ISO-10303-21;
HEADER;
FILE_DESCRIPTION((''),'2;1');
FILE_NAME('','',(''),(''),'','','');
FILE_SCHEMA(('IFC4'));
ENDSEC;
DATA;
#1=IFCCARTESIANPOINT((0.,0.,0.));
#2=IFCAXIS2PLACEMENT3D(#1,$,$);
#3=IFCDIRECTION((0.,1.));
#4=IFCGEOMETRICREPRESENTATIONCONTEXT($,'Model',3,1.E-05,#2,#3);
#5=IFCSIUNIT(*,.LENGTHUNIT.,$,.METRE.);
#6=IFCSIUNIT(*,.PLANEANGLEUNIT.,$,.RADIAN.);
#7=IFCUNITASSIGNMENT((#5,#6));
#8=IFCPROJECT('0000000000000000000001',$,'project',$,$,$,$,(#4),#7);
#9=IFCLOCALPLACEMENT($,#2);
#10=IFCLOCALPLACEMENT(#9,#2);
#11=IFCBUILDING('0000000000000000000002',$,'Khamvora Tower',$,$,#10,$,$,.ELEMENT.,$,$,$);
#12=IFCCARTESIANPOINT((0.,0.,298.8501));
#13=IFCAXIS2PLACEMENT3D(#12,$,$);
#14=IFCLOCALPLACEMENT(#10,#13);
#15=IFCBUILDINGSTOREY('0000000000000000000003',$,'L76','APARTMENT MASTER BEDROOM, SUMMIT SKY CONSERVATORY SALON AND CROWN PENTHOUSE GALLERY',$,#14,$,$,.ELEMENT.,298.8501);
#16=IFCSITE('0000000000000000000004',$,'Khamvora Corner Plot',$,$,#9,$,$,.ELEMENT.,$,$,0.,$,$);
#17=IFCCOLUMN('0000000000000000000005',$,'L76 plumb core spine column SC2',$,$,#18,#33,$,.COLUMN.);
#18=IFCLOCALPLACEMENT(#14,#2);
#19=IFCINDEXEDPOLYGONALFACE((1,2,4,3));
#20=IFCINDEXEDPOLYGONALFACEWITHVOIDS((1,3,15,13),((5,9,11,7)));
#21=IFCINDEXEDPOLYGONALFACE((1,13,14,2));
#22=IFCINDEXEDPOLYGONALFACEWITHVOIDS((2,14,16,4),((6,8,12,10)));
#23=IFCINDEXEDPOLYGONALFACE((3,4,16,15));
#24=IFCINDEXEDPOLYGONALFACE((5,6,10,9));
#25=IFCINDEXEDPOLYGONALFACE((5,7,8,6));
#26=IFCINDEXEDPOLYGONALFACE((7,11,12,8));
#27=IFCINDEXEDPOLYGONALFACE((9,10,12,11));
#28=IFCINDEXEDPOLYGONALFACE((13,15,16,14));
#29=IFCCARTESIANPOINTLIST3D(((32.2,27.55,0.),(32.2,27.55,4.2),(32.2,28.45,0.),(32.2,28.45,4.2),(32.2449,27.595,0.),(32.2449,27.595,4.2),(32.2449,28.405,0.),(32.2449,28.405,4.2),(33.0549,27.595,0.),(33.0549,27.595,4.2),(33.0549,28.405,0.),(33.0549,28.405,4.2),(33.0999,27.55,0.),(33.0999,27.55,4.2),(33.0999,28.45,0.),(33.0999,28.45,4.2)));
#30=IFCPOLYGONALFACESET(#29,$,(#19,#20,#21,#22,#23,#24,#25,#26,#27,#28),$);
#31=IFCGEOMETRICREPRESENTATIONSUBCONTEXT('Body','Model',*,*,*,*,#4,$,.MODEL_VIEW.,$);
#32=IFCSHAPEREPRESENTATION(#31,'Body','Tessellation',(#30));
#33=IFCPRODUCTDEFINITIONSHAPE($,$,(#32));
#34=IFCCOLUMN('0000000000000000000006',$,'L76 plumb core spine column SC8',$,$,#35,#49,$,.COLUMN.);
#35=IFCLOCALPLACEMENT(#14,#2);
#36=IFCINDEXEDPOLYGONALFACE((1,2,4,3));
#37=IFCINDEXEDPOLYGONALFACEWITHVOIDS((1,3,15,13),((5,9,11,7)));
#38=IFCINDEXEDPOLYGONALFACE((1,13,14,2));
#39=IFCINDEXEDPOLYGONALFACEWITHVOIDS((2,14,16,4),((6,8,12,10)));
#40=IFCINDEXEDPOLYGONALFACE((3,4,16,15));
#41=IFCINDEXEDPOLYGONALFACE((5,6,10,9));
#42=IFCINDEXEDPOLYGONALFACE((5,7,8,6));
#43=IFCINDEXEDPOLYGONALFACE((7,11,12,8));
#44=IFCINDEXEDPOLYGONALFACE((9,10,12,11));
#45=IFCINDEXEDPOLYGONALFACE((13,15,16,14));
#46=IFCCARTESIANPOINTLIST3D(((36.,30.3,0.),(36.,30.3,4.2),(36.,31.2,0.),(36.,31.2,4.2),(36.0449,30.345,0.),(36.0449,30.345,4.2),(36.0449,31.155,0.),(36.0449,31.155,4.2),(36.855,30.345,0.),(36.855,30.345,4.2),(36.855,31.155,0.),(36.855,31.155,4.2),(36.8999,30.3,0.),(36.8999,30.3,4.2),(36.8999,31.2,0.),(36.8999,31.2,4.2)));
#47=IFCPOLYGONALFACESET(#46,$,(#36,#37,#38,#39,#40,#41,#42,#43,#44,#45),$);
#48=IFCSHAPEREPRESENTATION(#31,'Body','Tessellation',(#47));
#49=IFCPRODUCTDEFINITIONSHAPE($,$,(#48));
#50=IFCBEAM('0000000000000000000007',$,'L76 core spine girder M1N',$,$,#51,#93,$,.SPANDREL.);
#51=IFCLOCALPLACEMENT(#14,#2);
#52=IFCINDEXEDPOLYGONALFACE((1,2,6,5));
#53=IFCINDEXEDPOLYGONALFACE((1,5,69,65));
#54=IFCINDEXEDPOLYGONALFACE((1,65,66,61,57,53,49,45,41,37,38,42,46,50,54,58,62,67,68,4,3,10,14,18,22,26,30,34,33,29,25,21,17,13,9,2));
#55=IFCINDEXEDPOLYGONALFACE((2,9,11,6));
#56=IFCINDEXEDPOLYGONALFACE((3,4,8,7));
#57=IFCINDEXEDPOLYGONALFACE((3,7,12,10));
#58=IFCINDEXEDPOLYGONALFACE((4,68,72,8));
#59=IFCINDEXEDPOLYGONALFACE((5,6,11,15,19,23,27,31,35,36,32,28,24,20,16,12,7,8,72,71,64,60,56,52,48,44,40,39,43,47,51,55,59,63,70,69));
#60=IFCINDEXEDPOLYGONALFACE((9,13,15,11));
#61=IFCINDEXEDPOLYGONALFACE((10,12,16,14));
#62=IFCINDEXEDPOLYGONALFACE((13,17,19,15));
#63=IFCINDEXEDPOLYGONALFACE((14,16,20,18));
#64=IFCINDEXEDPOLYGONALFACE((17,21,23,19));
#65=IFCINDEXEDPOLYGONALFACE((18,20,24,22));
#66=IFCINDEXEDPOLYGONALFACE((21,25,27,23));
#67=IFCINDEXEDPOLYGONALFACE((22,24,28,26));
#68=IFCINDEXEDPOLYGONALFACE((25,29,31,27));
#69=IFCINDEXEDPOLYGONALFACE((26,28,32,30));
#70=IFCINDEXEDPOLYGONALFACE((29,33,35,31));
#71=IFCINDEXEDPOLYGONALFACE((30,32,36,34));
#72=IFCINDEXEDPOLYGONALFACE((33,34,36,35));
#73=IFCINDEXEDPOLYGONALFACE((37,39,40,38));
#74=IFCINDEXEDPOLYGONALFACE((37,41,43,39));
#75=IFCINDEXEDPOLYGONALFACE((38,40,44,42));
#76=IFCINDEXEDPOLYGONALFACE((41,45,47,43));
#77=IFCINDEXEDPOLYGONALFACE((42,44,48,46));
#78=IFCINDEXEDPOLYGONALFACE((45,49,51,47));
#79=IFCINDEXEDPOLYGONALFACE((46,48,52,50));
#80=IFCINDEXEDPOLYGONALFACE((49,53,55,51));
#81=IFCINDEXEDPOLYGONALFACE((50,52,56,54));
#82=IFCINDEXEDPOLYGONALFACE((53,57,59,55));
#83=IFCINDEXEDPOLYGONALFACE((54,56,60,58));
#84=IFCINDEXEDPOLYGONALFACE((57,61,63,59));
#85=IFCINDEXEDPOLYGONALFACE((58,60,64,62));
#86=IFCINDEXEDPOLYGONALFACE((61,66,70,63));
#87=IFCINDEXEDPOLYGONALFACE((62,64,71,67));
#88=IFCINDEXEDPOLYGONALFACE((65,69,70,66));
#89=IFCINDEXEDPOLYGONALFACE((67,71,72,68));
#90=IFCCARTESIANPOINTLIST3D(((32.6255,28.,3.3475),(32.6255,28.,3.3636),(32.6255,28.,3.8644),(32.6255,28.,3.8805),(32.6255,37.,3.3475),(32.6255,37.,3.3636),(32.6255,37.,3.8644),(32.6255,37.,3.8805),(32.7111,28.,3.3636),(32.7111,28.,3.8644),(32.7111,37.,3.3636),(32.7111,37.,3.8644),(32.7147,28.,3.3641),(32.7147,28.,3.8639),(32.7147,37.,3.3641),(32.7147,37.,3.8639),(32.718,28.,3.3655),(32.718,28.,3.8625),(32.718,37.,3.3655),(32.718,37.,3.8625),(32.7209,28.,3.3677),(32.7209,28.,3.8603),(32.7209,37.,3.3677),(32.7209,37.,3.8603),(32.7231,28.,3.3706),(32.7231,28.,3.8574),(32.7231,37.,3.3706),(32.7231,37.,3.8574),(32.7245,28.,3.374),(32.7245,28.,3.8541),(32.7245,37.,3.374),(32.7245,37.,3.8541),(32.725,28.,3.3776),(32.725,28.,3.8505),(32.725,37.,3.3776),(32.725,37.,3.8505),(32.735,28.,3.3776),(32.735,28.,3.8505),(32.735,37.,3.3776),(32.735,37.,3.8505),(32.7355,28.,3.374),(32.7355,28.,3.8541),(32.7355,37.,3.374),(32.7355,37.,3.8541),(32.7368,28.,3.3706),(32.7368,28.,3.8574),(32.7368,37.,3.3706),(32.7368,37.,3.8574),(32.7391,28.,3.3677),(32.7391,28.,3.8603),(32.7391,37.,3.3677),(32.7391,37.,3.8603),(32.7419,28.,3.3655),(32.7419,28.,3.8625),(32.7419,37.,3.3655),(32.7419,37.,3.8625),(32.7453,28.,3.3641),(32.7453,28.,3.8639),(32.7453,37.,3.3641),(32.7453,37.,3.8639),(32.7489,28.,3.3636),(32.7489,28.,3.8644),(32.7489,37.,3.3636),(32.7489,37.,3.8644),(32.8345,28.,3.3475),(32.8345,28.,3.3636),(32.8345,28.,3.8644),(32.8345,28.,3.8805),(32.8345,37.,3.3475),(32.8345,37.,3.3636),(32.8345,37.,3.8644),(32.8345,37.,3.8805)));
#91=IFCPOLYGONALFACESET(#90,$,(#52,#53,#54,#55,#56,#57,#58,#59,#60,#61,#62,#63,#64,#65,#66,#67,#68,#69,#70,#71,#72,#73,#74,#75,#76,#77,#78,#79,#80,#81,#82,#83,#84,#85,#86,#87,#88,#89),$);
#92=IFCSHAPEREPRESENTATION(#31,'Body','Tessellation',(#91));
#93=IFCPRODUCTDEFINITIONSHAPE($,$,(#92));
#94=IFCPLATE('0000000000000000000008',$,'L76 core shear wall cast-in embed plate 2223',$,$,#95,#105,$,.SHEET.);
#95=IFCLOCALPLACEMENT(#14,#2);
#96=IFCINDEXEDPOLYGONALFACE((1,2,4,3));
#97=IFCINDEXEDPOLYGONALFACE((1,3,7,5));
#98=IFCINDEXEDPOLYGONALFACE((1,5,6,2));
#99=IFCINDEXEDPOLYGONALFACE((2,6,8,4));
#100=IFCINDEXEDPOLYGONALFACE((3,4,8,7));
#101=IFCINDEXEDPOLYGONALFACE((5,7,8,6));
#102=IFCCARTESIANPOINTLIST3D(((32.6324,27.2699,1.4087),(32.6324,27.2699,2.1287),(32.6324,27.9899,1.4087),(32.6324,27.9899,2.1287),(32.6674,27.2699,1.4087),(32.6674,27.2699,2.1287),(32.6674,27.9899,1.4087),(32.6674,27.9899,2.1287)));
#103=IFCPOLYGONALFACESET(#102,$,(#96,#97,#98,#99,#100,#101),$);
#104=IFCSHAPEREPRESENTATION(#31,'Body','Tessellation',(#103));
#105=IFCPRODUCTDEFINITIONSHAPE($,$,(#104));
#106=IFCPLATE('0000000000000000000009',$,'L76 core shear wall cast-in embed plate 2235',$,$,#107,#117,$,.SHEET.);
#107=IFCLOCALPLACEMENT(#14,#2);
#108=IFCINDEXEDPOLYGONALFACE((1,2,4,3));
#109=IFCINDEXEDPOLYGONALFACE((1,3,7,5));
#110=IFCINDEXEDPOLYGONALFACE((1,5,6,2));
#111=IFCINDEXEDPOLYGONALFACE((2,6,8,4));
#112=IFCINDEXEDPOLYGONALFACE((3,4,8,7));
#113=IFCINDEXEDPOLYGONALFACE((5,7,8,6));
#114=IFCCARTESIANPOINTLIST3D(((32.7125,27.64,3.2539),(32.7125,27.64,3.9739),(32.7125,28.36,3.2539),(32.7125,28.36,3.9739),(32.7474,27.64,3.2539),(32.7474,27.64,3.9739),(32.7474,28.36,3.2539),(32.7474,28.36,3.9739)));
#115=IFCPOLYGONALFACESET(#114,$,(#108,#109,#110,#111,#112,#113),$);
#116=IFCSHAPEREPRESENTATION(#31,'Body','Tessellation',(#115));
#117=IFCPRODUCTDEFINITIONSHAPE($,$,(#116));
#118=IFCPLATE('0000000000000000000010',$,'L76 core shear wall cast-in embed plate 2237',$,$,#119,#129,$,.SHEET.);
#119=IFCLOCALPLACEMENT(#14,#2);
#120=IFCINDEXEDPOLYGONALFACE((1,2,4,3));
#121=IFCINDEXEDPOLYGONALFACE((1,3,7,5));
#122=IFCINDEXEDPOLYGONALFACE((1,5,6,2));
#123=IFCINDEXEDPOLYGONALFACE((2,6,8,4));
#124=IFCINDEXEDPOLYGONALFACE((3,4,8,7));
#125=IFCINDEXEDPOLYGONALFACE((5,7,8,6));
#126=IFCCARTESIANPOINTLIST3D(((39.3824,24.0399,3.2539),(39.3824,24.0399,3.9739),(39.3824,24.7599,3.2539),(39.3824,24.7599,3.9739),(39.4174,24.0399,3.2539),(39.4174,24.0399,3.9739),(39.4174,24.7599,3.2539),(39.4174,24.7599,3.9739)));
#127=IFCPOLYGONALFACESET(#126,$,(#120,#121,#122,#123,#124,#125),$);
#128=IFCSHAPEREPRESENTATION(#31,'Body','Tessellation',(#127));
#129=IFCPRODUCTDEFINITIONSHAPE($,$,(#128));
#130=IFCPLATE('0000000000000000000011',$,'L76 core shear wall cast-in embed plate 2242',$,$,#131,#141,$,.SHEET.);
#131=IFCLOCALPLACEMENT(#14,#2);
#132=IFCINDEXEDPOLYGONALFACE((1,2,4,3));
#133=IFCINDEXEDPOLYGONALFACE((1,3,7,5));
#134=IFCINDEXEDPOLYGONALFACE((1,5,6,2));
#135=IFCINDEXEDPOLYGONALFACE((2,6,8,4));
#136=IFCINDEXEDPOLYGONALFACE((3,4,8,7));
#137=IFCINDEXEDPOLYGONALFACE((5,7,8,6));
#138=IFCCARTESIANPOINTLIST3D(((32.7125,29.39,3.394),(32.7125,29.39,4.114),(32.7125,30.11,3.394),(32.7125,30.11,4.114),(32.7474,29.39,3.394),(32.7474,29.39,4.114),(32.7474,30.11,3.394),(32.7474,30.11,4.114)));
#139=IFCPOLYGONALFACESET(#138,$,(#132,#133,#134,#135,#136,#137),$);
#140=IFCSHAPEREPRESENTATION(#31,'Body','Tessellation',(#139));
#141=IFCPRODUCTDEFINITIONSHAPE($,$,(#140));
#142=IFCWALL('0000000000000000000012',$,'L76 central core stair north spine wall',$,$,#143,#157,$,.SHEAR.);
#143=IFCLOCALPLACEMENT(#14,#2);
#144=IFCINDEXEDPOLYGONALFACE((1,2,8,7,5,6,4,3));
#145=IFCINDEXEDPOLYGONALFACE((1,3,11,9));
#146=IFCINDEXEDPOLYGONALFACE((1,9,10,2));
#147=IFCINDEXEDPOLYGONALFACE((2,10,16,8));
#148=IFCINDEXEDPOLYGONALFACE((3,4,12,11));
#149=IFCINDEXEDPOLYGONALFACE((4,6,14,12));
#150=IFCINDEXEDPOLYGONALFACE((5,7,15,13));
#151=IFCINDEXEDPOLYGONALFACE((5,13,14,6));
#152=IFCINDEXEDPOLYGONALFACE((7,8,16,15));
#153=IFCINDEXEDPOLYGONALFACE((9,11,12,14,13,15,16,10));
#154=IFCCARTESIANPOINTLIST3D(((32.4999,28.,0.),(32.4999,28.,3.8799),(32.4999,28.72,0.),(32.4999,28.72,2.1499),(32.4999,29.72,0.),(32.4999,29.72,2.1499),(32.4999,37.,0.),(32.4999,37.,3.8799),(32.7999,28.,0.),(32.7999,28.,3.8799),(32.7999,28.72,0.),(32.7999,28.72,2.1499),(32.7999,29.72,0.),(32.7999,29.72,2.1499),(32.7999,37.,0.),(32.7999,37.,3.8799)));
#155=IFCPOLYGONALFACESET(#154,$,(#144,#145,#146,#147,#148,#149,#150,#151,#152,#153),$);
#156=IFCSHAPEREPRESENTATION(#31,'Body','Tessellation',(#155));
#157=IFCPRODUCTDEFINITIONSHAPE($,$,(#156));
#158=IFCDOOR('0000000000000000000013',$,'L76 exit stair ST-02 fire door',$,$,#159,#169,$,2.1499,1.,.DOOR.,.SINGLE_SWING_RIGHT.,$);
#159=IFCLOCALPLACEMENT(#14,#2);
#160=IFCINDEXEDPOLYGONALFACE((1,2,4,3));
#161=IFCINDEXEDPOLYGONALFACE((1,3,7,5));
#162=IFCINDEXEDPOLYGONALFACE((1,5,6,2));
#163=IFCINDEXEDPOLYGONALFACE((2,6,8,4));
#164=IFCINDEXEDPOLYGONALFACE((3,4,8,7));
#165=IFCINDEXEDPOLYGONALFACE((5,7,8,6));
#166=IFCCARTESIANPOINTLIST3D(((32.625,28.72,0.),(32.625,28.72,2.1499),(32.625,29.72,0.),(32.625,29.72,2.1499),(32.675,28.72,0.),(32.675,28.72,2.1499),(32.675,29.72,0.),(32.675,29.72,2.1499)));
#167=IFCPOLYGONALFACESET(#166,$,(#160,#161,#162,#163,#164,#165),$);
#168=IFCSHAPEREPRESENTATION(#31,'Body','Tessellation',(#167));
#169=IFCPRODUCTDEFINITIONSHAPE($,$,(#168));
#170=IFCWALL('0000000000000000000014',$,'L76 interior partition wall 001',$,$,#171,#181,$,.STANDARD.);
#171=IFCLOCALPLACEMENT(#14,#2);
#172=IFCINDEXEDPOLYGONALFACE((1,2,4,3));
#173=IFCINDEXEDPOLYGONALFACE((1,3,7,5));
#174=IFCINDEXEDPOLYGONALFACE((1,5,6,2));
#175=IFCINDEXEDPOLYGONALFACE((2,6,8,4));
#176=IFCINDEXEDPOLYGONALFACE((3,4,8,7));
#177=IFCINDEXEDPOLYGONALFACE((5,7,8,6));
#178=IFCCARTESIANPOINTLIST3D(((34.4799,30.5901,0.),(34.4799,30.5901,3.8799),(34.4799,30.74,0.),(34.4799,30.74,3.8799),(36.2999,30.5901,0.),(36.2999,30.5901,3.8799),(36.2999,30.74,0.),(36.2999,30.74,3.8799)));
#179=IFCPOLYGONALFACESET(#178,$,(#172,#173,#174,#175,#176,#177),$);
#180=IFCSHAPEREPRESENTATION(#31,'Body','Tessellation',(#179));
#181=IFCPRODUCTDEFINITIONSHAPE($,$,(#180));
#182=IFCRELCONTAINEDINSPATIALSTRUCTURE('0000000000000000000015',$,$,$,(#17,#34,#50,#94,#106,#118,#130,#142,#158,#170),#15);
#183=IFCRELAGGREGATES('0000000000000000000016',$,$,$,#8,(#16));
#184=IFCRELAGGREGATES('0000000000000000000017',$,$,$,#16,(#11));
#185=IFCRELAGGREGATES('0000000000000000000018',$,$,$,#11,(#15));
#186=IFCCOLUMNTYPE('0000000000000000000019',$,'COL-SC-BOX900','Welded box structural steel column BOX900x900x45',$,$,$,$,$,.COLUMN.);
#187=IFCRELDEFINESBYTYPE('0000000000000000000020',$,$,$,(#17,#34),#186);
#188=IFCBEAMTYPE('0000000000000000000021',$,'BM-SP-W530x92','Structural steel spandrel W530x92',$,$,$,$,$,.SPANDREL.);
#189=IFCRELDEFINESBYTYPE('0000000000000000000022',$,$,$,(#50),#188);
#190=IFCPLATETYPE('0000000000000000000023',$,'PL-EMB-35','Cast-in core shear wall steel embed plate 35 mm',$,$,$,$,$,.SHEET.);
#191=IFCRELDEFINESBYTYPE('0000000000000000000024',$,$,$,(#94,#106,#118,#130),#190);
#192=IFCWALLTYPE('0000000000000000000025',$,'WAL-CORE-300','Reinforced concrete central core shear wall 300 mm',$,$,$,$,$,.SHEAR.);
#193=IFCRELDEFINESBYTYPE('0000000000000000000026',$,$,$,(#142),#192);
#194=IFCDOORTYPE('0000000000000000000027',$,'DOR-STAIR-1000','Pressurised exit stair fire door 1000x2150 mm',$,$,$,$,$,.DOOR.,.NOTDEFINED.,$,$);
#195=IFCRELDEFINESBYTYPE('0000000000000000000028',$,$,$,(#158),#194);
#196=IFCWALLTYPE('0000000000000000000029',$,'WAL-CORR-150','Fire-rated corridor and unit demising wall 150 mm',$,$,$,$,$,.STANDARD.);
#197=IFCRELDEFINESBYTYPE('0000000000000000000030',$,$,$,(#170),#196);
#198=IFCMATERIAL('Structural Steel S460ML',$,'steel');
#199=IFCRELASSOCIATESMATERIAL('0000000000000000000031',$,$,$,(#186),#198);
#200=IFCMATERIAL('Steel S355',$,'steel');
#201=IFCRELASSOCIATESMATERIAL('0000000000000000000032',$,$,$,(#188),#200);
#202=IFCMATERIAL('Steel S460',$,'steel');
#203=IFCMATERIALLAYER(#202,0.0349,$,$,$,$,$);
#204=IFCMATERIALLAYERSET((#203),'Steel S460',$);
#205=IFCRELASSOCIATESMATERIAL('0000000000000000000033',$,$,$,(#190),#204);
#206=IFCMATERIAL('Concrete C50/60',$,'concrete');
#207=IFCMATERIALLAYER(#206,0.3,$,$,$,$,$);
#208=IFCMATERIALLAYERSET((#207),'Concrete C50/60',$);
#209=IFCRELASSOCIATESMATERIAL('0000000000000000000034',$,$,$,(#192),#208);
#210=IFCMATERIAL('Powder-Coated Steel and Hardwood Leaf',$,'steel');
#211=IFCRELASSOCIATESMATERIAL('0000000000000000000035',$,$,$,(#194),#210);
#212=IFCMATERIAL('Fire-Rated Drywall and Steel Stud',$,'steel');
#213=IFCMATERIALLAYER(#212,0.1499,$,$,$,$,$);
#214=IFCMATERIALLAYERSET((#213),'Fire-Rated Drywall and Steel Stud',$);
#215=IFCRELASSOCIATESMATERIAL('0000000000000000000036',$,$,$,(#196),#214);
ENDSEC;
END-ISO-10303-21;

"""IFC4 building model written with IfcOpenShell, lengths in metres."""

from ifc_helpers import new_model, si_unit, direction, frame, frame_2d, origin, origin_2d, place, context, subcontext, project, spatial, rectangle, hollow_rectangle, i_section, extrude, material, layer, layer_set, material_profile, profile_set, type_object, element, fill, save


model = new_model("IFC4")

# Units and contexts
model_context = context("Model", 3, precision=1e-05, world=origin(), true_north=direction((0.0, 1.0)))
body_context = subcontext(model_context, "Body", "Model", "MODEL_VIEW")
ifc_project = project(units=[si_unit("LENGTHUNIT", "METRE"), si_unit("PLANEANGLEUNIT", "RADIAN")], contexts=[model_context])

# Site, building, storey
site_placement = place(None, origin())
site = spatial("IfcSite", under=ifc_project, at=site_placement, Name="Khamvora Corner Plot", CompositionType="ELEMENT", RefElevation=0.0)
building_placement = place(site_placement, origin())
building = spatial("IfcBuilding", under=site, at=building_placement, Name="Khamvora Tower", CompositionType="ELEMENT")
storey_placement = place(building_placement, frame((0.0, 0.0, 298.8501)))
storey = spatial("IfcBuildingStorey", under=building, at=storey_placement, Name="L76", Description="APARTMENT MASTER BEDROOM, SUMMIT SKY CONSERVATORY SALON AND CROWN PENTHOUSE GALLERY", CompositionType="ELEMENT", Elevation=298.8501)

# Columns
ifc_material_1 = material(Name="Structural Steel S460ML", Category="steel")
ifc_material_profile_1 = material_profile(ifc_material_1, hollow_rectangle(XDim=0.8999, YDim=0.8999, WallThickness=0.0449, at=origin_2d()), Name="BOX900x900x45")
ifc_profile_set_1 = profile_set([ifc_material_profile_1], Name="Structural Steel S460ML")
column_type = type_object("IfcColumnType", Name="COL-SC-BOX900", Description="Welded box structural steel column BOX900x900x45", PredefinedType="COLUMN", material=ifc_profile_set_1)
for number, where, z_axis, x_axis, name in (
    (1, (32.6499, 28.0, 0.0), (0.0, 0.0, 1.0), (1.0, 0.0, 0.0), "L76 plumb core spine column SC2"),
    (2, (36.45, 30.75, 0.0), (0.0, 0.0, 1.0), (1.0, 0.0, 0.0), "L76 plumb core spine column SC8"),
):
    element("IfcColumn", number, at=place(storey_placement, frame(where, z_axis=z_axis, x_axis=x_axis)), inside=storey, type_object=column_type, Name=name, PredefinedType="COLUMN", context=body_context, shape_type="SweptSolid", body=[
        extrude(hollow_rectangle(XDim=0.8999, YDim=0.8999, WallThickness=0.0449, at=origin_2d()), origin(), (0.0, 0.0, 1.0), 4.2),
    ])

# Beam
ifc_material_2 = material(Name="Steel S355", Category="steel")
ifc_material_profile_2 = material_profile(ifc_material_2, i_section(OverallWidth=0.209, OverallDepth=0.533, WebThickness=0.01, FlangeThickness=0.0161, FilletRadius=0.0139, at=origin_2d()), Name="W530x92")
ifc_profile_set_2 = profile_set([ifc_material_profile_2], Name="Steel S355")
beam_type = type_object("IfcBeamType", Name="BM-SP-W530x92", Description="Structural steel spandrel W530x92", PredefinedType="SPANDREL", material=ifc_profile_set_2)
beam_placement = place(storey_placement, frame((32.73, 28.0, 3.614), z_axis=(0.0, 1.0, 0.0), x_axis=(-1.0, 0.0, 0.0)))
element("IfcBeam", 3, at=beam_placement, inside=storey, type_object=beam_type, Name="L76 core spine girder M1N", PredefinedType="SPANDREL", context=body_context, shape_type="SweptSolid", body=[
    extrude(i_section(OverallWidth=0.209, OverallDepth=0.533, WebThickness=0.01, FlangeThickness=0.0161, FilletRadius=0.0139, at=origin_2d()), origin(), (0.0, 0.0, 1.0), 9.0),
])

# Plates
ifc_material_3 = material(Name="Steel S460", Category="steel")
ifc_layer_1 = layer(ifc_material_3, 0.0349)
ifc_layer_set_1 = layer_set([ifc_layer_1], Name="Steel S460")
plate_type = type_object("IfcPlateType", Name="PL-EMB-35", Description="Cast-in core shear wall steel embed plate 35 mm", PredefinedType="SHEET", material=ifc_layer_set_1)
for number, where, z_axis, x_axis, name in (
    (4, (32.6499, 27.6299, 1.4087), (0.0, 0.0, 1.0), (1.0, 0.0, 0.0), "L76 core shear wall cast-in embed plate 2223"),
    (5, (32.73, 28.0, 3.2539), (0.0, 0.0, 1.0), (1.0, 0.0, 0.0), "L76 core shear wall cast-in embed plate 2235"),
    (6, (39.3999, 24.3999, 3.2539), (0.0, 0.0, 1.0), (1.0, 0.0, 0.0), "L76 core shear wall cast-in embed plate 2237"),
    (7, (32.73, 29.75, 3.394), (0.0, 0.0, 1.0), (1.0, 0.0, 0.0), "L76 core shear wall cast-in embed plate 2242"),
):
    element("IfcPlate", number, at=place(storey_placement, frame(where, z_axis=z_axis, x_axis=x_axis)), inside=storey, type_object=plate_type, Name=name, PredefinedType="SHEET", context=body_context, shape_type="SweptSolid", body=[
        extrude(rectangle(XDim=0.0349, YDim=0.72, at=origin_2d()), origin(), (0.0, 0.0, 1.0), 0.72),
    ])

# Wall, opening, door
ifc_material_4 = material(Name="Concrete C50/60", Category="concrete")
ifc_layer_2 = layer(ifc_material_4, 0.3)
ifc_layer_set_2 = layer_set([ifc_layer_2], Name="Concrete C50/60")
wall_type_1 = type_object("IfcWallType", Name="WAL-CORE-300", Description="Reinforced concrete central core shear wall 300 mm", PredefinedType="SHEAR", material=ifc_layer_set_2)
wall_1_placement = place(storey_placement, frame((32.6499, 28.0, 0.0), z_axis=(0.0, 0.0, 1.0), x_axis=(0.0, 1.0, 0.0)))
wall_1 = element("IfcWall", 8, at=wall_1_placement, inside=storey, type_object=wall_type_1, Name="L76 central core stair north spine wall", PredefinedType="SHEAR", context=body_context, shape_type="SweptSolid", body=[
    extrude(rectangle(XDim=9.0, YDim=0.3, at=frame_2d((4.5, 0.0))), origin(), (0.0, 0.0, 1.0), 3.8799),
])
opening_1_placement = place(wall_1_placement, frame((0.72, 0.0, 0.0)))
opening_1 = element("IfcOpeningElement", 9, at=opening_1_placement, cuts=wall_1, PredefinedType="OPENING", context=body_context, shape_type="SweptSolid", body=[
    extrude(rectangle(XDim=1.0, YDim=2.1499, at=frame_2d((0.5, 1.075))), frame((0.0, 0.1599, 0.0), z_axis=(0.0, -1.0, 0.0), x_axis=(1.0, 0.0, 0.0)), (0.0, 0.0, 1.0), 0.3201),
])
ifc_material_5 = material(Name="Powder-Coated Steel and Hardwood Leaf", Category="steel")
door_type_1 = type_object("IfcDoorType", Name="DOR-STAIR-1000", Description="Pressurised exit stair fire door 1000x2150 mm", OperationType="NOTDEFINED", PredefinedType="DOOR", material=ifc_material_5)
door_1_placement = place(opening_1_placement, origin())
door_1 = element("IfcDoor", 10, at=door_1_placement, inside=storey, type_object=door_type_1, Name="L76 exit stair ST-02 fire door", OperationType="SINGLE_SWING_RIGHT", OverallHeight=2.1499, OverallWidth=1.0, PredefinedType="DOOR", context=body_context, shape_type="SweptSolid", body=[
    extrude(rectangle(XDim=1.0, YDim=2.1499, at=frame_2d((0.5, 1.075))), frame((0.0, 0.0249, 0.0), z_axis=(0.0, -1.0, 0.0), x_axis=(1.0, 0.0, 0.0)), (0.0, 0.0, 1.0), 0.05),
])
fill(opening_1, door_1)

# Wall
ifc_material_6 = material(Name="Fire-Rated Drywall and Steel Stud", Category="steel")
ifc_layer_3 = layer(ifc_material_6, 0.1499)
ifc_layer_set_3 = layer_set([ifc_layer_3], Name="Fire-Rated Drywall and Steel Stud")
wall_type_2 = type_object("IfcWallType", Name="WAL-CORR-150", Description="Fire-rated corridor and unit demising wall 150 mm", PredefinedType="STANDARD", material=ifc_layer_set_3)
wall_2_placement = place(storey_placement, frame((36.3, 30.665, 0.0), z_axis=(0.0, 0.0, 1.0), x_axis=(-1.0, 0.0, 0.0)))
element("IfcWall", 11, at=wall_2_placement, inside=storey, type_object=wall_type_2, Name="L76 interior partition wall 001", PredefinedType="STANDARD", context=body_context, shape_type="SweptSolid", body=[
    extrude(rectangle(XDim=1.8201, YDim=0.1499, at=frame_2d((0.9102, 0.0))), origin(), (0.0, 0.0, 1.0), 3.8799),
])

save(model, "model.ifc")
